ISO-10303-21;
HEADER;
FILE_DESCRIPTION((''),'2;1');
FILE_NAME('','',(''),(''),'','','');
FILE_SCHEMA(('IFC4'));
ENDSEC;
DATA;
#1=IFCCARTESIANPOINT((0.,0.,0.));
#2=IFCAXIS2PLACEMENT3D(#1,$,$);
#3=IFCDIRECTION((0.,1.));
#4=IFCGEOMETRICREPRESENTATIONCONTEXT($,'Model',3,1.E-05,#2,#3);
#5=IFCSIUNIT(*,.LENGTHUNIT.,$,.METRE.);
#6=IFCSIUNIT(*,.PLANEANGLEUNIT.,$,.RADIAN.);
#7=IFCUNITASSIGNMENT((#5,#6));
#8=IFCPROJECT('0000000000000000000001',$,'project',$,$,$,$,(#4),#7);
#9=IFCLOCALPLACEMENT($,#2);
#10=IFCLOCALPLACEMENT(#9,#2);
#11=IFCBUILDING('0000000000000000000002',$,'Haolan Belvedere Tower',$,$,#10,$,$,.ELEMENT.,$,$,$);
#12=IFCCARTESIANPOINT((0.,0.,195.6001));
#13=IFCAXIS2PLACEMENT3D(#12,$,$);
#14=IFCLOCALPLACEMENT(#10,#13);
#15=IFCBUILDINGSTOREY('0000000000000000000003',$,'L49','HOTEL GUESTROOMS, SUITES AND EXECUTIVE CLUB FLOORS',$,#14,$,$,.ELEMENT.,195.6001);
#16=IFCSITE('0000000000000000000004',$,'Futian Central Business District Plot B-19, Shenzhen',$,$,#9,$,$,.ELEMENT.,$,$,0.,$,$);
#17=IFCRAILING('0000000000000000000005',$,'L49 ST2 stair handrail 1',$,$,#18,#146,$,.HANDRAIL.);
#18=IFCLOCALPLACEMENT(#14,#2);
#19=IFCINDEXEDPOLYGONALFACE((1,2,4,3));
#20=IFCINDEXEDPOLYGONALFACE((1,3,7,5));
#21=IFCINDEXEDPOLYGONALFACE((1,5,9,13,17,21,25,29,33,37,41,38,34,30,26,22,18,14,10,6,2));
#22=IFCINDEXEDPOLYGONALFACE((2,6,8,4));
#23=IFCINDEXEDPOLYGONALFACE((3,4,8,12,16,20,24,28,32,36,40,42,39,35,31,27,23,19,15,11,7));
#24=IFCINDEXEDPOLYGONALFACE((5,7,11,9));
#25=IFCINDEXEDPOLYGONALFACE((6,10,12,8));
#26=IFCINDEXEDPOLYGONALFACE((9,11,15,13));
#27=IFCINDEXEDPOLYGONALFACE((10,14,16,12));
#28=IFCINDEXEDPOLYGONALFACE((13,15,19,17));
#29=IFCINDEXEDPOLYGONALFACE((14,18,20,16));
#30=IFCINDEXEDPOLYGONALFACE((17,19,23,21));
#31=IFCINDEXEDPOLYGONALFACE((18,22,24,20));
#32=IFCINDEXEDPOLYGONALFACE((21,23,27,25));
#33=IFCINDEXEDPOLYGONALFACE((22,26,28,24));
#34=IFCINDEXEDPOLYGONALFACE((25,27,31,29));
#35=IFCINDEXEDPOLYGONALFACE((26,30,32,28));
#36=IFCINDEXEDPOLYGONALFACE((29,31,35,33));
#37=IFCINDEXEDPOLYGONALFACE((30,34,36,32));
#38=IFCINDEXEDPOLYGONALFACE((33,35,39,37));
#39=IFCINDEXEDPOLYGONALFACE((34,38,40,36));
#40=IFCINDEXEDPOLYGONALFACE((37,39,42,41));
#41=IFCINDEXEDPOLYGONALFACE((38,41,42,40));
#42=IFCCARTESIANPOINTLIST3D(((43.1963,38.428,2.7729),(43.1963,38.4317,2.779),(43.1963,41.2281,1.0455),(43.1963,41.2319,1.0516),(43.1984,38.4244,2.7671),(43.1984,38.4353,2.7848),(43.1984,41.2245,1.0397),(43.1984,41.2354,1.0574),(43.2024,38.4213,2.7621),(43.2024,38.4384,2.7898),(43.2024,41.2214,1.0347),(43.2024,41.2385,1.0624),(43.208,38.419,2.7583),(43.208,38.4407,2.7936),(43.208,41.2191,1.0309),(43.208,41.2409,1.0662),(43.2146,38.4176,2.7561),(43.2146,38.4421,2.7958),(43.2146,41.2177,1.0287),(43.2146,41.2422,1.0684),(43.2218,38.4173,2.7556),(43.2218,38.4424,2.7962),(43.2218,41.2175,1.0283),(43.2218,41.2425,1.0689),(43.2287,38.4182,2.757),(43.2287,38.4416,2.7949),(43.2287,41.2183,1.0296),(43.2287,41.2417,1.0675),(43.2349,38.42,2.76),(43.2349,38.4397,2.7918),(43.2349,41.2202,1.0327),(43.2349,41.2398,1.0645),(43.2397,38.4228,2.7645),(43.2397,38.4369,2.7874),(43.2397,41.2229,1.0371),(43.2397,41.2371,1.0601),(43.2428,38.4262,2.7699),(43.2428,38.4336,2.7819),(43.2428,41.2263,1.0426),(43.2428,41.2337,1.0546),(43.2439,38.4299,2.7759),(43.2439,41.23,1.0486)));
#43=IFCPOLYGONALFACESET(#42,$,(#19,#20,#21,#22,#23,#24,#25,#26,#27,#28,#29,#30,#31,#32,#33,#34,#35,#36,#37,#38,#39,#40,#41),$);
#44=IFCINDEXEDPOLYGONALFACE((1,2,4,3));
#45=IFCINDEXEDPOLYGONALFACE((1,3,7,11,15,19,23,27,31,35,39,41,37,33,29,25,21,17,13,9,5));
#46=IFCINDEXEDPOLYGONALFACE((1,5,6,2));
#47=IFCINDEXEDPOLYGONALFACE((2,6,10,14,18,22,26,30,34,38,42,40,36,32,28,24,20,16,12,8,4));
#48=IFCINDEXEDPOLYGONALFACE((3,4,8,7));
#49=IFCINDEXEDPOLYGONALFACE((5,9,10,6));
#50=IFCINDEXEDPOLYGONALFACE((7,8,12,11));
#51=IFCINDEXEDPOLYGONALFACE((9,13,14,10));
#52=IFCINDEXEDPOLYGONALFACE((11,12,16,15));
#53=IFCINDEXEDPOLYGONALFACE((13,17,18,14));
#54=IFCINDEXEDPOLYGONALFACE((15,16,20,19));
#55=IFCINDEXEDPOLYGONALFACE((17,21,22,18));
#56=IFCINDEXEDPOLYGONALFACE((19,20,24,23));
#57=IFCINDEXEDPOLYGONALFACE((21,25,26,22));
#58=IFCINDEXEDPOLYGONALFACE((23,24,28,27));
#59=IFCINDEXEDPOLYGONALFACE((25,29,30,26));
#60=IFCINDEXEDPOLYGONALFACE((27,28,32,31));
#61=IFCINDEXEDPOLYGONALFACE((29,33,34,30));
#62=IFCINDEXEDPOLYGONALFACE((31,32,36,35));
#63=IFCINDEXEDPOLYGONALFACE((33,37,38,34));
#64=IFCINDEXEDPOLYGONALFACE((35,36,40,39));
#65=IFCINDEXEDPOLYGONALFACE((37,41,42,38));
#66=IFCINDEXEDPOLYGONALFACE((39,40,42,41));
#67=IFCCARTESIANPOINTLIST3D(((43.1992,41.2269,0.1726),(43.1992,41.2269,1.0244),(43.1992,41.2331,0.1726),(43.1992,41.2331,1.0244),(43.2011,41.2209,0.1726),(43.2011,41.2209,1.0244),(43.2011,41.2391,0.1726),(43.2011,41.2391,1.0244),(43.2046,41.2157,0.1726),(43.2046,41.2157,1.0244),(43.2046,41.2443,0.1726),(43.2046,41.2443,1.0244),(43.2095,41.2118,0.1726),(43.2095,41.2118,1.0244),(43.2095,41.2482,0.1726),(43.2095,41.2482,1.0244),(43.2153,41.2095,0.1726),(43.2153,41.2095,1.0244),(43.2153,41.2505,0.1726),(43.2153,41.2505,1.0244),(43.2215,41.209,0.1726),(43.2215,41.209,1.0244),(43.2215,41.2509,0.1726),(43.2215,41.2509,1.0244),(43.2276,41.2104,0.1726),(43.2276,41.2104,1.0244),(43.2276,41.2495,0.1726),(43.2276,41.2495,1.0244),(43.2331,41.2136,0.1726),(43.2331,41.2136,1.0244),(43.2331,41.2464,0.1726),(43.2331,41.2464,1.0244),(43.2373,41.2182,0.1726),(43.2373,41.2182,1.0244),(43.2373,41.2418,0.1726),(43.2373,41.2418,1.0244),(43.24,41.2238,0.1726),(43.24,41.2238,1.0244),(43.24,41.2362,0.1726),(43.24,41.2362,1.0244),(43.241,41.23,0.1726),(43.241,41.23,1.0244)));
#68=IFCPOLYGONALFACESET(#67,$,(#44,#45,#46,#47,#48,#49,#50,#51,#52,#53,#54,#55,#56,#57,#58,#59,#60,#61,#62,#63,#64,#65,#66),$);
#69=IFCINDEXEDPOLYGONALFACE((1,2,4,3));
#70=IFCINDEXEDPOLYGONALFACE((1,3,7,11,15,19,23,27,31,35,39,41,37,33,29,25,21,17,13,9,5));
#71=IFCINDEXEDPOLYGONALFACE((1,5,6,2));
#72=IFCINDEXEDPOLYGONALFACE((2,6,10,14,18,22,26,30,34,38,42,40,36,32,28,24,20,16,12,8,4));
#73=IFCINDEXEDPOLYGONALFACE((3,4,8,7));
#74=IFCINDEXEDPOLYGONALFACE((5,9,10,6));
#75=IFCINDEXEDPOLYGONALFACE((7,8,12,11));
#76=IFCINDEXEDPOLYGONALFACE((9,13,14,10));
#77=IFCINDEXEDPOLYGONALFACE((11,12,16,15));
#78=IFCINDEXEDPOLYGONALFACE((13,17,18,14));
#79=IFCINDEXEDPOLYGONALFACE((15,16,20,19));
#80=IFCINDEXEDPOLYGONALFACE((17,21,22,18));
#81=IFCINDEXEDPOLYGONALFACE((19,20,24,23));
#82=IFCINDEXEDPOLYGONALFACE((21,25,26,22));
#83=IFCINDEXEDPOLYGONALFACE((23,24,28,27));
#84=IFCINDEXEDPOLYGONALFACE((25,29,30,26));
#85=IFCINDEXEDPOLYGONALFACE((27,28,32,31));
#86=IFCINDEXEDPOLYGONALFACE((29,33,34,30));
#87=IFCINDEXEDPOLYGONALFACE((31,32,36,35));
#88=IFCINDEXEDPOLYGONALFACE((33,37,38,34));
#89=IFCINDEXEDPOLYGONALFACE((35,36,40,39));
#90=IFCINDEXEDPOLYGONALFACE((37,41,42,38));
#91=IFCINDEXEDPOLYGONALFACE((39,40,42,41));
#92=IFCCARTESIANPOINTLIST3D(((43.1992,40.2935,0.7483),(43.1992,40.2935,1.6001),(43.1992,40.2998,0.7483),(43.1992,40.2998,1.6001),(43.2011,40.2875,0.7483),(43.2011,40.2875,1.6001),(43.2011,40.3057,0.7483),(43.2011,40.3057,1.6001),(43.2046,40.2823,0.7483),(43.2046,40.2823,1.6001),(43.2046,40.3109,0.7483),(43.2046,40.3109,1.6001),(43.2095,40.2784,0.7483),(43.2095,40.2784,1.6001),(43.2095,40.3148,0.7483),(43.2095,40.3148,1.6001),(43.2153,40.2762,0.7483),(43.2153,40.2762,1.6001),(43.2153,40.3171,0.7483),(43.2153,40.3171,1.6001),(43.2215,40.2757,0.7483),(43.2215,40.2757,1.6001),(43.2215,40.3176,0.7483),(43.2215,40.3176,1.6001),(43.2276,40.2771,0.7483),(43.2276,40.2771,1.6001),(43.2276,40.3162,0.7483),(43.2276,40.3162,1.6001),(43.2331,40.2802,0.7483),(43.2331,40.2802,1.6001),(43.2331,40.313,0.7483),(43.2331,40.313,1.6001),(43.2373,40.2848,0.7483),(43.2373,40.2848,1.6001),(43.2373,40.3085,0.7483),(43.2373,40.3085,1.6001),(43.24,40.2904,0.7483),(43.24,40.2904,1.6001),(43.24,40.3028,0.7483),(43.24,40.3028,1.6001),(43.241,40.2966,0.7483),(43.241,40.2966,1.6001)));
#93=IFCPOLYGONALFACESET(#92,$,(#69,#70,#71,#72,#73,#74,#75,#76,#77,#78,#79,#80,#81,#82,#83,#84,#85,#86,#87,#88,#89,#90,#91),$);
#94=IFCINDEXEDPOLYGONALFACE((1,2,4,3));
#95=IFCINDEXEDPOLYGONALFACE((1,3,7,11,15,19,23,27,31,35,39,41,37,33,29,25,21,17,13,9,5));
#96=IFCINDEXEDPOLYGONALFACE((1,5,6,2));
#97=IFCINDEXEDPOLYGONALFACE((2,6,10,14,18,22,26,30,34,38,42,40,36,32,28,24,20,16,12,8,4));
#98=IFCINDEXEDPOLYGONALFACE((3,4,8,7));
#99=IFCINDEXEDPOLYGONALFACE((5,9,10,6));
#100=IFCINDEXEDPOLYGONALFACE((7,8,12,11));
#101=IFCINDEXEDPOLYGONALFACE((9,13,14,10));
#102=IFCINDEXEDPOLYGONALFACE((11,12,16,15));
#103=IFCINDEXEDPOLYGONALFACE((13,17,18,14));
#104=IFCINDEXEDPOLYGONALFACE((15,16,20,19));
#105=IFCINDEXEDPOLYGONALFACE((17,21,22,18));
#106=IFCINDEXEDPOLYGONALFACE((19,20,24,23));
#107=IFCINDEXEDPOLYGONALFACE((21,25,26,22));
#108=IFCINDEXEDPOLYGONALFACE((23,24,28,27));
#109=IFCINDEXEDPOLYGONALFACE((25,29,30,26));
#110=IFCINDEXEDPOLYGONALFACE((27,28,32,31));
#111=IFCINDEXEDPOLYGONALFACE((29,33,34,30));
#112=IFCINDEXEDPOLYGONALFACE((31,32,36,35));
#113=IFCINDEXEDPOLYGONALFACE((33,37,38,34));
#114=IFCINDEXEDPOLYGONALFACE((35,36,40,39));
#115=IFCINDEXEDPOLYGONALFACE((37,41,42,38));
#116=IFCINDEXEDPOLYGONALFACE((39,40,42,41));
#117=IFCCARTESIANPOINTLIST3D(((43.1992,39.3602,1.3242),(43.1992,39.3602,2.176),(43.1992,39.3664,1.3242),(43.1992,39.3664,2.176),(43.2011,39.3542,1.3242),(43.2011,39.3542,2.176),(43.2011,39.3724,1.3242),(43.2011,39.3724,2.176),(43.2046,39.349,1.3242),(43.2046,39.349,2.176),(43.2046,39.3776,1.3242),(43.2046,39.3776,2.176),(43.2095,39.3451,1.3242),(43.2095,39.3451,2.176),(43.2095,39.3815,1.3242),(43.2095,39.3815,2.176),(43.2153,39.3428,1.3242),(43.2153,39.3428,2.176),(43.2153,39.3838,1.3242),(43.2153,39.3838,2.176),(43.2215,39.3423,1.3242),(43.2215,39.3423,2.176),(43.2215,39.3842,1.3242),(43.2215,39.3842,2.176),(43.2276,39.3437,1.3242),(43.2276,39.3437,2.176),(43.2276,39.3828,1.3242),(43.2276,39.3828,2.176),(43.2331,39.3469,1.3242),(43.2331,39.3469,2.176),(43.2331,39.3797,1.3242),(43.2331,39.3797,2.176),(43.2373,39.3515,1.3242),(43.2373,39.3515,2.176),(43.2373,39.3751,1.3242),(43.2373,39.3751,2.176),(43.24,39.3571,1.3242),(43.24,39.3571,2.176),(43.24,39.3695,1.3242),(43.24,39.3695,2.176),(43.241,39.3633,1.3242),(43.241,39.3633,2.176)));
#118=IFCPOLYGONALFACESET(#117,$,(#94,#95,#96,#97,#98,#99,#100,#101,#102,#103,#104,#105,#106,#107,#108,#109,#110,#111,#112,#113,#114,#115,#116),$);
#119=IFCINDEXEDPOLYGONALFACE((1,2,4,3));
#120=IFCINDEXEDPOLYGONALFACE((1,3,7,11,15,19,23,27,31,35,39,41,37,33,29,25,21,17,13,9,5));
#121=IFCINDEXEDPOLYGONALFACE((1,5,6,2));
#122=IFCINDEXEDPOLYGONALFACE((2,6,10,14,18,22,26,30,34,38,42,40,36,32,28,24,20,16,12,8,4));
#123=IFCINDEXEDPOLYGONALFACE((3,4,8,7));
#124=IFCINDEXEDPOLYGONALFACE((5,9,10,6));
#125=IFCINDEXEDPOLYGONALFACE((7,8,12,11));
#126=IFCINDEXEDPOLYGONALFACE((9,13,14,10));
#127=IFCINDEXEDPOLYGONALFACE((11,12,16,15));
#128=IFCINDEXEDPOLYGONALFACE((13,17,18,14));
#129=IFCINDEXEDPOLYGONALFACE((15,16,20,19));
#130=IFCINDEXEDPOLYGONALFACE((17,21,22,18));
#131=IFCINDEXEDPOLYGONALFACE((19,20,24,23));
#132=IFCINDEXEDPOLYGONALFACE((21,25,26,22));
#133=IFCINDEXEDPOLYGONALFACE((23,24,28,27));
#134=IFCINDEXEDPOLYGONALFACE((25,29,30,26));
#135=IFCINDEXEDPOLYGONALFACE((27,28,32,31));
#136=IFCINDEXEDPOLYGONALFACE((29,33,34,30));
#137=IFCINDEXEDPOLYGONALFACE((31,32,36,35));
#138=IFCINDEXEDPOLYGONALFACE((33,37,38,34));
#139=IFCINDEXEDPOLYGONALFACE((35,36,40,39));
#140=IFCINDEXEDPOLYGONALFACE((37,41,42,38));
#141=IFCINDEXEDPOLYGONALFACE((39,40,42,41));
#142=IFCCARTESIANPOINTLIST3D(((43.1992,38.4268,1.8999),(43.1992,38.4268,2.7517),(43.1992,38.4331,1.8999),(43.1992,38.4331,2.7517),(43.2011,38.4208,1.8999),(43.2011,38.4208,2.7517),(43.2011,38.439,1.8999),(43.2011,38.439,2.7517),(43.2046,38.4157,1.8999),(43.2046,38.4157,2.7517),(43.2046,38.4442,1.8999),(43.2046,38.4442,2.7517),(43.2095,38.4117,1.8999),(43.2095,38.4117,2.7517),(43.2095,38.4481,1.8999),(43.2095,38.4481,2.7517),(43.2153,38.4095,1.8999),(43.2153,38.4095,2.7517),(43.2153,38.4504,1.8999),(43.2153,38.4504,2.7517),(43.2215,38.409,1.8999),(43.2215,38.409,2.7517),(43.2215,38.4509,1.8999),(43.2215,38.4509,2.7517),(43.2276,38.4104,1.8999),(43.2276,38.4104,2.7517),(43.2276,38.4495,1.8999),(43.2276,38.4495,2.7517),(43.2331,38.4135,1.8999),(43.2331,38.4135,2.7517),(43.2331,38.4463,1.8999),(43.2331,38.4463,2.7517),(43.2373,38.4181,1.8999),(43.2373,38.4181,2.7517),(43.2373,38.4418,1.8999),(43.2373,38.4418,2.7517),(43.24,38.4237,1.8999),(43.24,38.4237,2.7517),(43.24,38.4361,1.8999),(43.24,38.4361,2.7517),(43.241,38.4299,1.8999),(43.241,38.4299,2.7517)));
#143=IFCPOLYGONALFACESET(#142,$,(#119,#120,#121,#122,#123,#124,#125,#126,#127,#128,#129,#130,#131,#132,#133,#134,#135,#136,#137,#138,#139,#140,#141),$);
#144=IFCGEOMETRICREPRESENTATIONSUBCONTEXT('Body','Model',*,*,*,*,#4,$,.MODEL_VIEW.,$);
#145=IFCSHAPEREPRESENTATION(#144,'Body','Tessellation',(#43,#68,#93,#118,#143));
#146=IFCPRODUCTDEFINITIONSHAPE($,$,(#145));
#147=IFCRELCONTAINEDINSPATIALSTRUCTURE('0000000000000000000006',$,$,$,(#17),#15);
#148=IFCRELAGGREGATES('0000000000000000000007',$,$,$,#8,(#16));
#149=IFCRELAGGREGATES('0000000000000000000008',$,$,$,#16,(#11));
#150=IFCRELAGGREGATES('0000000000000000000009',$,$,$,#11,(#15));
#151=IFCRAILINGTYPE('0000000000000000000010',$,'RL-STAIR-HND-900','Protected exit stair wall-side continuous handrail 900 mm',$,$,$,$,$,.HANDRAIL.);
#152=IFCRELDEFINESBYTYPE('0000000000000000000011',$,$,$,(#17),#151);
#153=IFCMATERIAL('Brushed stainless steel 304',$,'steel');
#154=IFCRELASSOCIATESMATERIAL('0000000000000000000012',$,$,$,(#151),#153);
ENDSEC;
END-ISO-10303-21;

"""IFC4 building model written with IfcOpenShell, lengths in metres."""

from ifc_helpers import new_model, si_unit, direction, frame, origin, origin_2d, place, context, subcontext, project, spatial, circle, extrude, material, type_object, element, save


model = new_model("IFC4")

# Units and contexts
model_context = context("Model", 3, precision=1e-05, world=origin(), true_north=direction((0.0, 1.0)))
body_context = subcontext(model_context, "Body", "Model", "MODEL_VIEW")
ifc_project = project(units=[si_unit("LENGTHUNIT", "METRE"), si_unit("PLANEANGLEUNIT", "RADIAN")], contexts=[model_context])

# Site, building, storey
site_placement = place(None, origin())
site = spatial("IfcSite", under=ifc_project, at=site_placement, Name="Futian Central Business District Plot B-19, Shenzhen", CompositionType="ELEMENT", RefElevation=0.0)
building_placement = place(site_placement, origin())
building = spatial("IfcBuilding", under=site, at=building_placement, Name="Haolan Belvedere Tower", CompositionType="ELEMENT")
storey_placement = place(building_placement, frame((0.0, 0.0, 195.6001)))
storey = spatial("IfcBuildingStorey", under=building, at=storey_placement, Name="L49", Description="HOTEL GUESTROOMS, SUITES AND EXECUTIVE CLUB FLOORS", CompositionType="ELEMENT", Elevation=195.6001)

# Railing
ifc_material_1 = material(Name="Brushed stainless steel 304", Category="steel")
railing_type_1 = type_object("IfcRailingType", Name="RL-STAIR-HND-900", Description="Protected exit stair wall-side continuous handrail 900 mm", PredefinedType="HANDRAIL", material=ifc_material_1)
railing_1_placement = place(storey_placement, frame((43.22, 41.23, 0.1726)))
element("IfcRailing", 1, at=railing_1_placement, inside=storey, type_object=railing_type_1, Name="L49 ST2 stair handrail 1", PredefinedType="HANDRAIL", context=body_context, shape_type="SweptSolid", body=[
    extrude(circle(Radius=0.0239, at=origin_2d()), frame((0.0, 0.0, 0.876), z_axis=(0.0, -0.85109, 0.52502), x_axis=(1.0, 0.0, 0.0)), (0.0, 0.0, 1.0), 3.29),
    extrude(circle(Radius=0.021, at=origin_2d()), origin(), (0.0, 0.0, 1.0), 0.8518),
    extrude(circle(Radius=0.021, at=origin_2d()), frame((0.0, -0.9333, 0.5757)), (0.0, 0.0, 1.0), 0.8518),
    extrude(circle(Radius=0.021, at=origin_2d()), frame((0.0, -1.8667, 1.1516)), (0.0, 0.0, 1.0), 0.8518),
    extrude(circle(Radius=0.021, at=origin_2d()), frame((0.0, -2.8, 1.7273)), (0.0, 0.0, 1.0), 0.8518),
])

save(model, "model.ifc")
